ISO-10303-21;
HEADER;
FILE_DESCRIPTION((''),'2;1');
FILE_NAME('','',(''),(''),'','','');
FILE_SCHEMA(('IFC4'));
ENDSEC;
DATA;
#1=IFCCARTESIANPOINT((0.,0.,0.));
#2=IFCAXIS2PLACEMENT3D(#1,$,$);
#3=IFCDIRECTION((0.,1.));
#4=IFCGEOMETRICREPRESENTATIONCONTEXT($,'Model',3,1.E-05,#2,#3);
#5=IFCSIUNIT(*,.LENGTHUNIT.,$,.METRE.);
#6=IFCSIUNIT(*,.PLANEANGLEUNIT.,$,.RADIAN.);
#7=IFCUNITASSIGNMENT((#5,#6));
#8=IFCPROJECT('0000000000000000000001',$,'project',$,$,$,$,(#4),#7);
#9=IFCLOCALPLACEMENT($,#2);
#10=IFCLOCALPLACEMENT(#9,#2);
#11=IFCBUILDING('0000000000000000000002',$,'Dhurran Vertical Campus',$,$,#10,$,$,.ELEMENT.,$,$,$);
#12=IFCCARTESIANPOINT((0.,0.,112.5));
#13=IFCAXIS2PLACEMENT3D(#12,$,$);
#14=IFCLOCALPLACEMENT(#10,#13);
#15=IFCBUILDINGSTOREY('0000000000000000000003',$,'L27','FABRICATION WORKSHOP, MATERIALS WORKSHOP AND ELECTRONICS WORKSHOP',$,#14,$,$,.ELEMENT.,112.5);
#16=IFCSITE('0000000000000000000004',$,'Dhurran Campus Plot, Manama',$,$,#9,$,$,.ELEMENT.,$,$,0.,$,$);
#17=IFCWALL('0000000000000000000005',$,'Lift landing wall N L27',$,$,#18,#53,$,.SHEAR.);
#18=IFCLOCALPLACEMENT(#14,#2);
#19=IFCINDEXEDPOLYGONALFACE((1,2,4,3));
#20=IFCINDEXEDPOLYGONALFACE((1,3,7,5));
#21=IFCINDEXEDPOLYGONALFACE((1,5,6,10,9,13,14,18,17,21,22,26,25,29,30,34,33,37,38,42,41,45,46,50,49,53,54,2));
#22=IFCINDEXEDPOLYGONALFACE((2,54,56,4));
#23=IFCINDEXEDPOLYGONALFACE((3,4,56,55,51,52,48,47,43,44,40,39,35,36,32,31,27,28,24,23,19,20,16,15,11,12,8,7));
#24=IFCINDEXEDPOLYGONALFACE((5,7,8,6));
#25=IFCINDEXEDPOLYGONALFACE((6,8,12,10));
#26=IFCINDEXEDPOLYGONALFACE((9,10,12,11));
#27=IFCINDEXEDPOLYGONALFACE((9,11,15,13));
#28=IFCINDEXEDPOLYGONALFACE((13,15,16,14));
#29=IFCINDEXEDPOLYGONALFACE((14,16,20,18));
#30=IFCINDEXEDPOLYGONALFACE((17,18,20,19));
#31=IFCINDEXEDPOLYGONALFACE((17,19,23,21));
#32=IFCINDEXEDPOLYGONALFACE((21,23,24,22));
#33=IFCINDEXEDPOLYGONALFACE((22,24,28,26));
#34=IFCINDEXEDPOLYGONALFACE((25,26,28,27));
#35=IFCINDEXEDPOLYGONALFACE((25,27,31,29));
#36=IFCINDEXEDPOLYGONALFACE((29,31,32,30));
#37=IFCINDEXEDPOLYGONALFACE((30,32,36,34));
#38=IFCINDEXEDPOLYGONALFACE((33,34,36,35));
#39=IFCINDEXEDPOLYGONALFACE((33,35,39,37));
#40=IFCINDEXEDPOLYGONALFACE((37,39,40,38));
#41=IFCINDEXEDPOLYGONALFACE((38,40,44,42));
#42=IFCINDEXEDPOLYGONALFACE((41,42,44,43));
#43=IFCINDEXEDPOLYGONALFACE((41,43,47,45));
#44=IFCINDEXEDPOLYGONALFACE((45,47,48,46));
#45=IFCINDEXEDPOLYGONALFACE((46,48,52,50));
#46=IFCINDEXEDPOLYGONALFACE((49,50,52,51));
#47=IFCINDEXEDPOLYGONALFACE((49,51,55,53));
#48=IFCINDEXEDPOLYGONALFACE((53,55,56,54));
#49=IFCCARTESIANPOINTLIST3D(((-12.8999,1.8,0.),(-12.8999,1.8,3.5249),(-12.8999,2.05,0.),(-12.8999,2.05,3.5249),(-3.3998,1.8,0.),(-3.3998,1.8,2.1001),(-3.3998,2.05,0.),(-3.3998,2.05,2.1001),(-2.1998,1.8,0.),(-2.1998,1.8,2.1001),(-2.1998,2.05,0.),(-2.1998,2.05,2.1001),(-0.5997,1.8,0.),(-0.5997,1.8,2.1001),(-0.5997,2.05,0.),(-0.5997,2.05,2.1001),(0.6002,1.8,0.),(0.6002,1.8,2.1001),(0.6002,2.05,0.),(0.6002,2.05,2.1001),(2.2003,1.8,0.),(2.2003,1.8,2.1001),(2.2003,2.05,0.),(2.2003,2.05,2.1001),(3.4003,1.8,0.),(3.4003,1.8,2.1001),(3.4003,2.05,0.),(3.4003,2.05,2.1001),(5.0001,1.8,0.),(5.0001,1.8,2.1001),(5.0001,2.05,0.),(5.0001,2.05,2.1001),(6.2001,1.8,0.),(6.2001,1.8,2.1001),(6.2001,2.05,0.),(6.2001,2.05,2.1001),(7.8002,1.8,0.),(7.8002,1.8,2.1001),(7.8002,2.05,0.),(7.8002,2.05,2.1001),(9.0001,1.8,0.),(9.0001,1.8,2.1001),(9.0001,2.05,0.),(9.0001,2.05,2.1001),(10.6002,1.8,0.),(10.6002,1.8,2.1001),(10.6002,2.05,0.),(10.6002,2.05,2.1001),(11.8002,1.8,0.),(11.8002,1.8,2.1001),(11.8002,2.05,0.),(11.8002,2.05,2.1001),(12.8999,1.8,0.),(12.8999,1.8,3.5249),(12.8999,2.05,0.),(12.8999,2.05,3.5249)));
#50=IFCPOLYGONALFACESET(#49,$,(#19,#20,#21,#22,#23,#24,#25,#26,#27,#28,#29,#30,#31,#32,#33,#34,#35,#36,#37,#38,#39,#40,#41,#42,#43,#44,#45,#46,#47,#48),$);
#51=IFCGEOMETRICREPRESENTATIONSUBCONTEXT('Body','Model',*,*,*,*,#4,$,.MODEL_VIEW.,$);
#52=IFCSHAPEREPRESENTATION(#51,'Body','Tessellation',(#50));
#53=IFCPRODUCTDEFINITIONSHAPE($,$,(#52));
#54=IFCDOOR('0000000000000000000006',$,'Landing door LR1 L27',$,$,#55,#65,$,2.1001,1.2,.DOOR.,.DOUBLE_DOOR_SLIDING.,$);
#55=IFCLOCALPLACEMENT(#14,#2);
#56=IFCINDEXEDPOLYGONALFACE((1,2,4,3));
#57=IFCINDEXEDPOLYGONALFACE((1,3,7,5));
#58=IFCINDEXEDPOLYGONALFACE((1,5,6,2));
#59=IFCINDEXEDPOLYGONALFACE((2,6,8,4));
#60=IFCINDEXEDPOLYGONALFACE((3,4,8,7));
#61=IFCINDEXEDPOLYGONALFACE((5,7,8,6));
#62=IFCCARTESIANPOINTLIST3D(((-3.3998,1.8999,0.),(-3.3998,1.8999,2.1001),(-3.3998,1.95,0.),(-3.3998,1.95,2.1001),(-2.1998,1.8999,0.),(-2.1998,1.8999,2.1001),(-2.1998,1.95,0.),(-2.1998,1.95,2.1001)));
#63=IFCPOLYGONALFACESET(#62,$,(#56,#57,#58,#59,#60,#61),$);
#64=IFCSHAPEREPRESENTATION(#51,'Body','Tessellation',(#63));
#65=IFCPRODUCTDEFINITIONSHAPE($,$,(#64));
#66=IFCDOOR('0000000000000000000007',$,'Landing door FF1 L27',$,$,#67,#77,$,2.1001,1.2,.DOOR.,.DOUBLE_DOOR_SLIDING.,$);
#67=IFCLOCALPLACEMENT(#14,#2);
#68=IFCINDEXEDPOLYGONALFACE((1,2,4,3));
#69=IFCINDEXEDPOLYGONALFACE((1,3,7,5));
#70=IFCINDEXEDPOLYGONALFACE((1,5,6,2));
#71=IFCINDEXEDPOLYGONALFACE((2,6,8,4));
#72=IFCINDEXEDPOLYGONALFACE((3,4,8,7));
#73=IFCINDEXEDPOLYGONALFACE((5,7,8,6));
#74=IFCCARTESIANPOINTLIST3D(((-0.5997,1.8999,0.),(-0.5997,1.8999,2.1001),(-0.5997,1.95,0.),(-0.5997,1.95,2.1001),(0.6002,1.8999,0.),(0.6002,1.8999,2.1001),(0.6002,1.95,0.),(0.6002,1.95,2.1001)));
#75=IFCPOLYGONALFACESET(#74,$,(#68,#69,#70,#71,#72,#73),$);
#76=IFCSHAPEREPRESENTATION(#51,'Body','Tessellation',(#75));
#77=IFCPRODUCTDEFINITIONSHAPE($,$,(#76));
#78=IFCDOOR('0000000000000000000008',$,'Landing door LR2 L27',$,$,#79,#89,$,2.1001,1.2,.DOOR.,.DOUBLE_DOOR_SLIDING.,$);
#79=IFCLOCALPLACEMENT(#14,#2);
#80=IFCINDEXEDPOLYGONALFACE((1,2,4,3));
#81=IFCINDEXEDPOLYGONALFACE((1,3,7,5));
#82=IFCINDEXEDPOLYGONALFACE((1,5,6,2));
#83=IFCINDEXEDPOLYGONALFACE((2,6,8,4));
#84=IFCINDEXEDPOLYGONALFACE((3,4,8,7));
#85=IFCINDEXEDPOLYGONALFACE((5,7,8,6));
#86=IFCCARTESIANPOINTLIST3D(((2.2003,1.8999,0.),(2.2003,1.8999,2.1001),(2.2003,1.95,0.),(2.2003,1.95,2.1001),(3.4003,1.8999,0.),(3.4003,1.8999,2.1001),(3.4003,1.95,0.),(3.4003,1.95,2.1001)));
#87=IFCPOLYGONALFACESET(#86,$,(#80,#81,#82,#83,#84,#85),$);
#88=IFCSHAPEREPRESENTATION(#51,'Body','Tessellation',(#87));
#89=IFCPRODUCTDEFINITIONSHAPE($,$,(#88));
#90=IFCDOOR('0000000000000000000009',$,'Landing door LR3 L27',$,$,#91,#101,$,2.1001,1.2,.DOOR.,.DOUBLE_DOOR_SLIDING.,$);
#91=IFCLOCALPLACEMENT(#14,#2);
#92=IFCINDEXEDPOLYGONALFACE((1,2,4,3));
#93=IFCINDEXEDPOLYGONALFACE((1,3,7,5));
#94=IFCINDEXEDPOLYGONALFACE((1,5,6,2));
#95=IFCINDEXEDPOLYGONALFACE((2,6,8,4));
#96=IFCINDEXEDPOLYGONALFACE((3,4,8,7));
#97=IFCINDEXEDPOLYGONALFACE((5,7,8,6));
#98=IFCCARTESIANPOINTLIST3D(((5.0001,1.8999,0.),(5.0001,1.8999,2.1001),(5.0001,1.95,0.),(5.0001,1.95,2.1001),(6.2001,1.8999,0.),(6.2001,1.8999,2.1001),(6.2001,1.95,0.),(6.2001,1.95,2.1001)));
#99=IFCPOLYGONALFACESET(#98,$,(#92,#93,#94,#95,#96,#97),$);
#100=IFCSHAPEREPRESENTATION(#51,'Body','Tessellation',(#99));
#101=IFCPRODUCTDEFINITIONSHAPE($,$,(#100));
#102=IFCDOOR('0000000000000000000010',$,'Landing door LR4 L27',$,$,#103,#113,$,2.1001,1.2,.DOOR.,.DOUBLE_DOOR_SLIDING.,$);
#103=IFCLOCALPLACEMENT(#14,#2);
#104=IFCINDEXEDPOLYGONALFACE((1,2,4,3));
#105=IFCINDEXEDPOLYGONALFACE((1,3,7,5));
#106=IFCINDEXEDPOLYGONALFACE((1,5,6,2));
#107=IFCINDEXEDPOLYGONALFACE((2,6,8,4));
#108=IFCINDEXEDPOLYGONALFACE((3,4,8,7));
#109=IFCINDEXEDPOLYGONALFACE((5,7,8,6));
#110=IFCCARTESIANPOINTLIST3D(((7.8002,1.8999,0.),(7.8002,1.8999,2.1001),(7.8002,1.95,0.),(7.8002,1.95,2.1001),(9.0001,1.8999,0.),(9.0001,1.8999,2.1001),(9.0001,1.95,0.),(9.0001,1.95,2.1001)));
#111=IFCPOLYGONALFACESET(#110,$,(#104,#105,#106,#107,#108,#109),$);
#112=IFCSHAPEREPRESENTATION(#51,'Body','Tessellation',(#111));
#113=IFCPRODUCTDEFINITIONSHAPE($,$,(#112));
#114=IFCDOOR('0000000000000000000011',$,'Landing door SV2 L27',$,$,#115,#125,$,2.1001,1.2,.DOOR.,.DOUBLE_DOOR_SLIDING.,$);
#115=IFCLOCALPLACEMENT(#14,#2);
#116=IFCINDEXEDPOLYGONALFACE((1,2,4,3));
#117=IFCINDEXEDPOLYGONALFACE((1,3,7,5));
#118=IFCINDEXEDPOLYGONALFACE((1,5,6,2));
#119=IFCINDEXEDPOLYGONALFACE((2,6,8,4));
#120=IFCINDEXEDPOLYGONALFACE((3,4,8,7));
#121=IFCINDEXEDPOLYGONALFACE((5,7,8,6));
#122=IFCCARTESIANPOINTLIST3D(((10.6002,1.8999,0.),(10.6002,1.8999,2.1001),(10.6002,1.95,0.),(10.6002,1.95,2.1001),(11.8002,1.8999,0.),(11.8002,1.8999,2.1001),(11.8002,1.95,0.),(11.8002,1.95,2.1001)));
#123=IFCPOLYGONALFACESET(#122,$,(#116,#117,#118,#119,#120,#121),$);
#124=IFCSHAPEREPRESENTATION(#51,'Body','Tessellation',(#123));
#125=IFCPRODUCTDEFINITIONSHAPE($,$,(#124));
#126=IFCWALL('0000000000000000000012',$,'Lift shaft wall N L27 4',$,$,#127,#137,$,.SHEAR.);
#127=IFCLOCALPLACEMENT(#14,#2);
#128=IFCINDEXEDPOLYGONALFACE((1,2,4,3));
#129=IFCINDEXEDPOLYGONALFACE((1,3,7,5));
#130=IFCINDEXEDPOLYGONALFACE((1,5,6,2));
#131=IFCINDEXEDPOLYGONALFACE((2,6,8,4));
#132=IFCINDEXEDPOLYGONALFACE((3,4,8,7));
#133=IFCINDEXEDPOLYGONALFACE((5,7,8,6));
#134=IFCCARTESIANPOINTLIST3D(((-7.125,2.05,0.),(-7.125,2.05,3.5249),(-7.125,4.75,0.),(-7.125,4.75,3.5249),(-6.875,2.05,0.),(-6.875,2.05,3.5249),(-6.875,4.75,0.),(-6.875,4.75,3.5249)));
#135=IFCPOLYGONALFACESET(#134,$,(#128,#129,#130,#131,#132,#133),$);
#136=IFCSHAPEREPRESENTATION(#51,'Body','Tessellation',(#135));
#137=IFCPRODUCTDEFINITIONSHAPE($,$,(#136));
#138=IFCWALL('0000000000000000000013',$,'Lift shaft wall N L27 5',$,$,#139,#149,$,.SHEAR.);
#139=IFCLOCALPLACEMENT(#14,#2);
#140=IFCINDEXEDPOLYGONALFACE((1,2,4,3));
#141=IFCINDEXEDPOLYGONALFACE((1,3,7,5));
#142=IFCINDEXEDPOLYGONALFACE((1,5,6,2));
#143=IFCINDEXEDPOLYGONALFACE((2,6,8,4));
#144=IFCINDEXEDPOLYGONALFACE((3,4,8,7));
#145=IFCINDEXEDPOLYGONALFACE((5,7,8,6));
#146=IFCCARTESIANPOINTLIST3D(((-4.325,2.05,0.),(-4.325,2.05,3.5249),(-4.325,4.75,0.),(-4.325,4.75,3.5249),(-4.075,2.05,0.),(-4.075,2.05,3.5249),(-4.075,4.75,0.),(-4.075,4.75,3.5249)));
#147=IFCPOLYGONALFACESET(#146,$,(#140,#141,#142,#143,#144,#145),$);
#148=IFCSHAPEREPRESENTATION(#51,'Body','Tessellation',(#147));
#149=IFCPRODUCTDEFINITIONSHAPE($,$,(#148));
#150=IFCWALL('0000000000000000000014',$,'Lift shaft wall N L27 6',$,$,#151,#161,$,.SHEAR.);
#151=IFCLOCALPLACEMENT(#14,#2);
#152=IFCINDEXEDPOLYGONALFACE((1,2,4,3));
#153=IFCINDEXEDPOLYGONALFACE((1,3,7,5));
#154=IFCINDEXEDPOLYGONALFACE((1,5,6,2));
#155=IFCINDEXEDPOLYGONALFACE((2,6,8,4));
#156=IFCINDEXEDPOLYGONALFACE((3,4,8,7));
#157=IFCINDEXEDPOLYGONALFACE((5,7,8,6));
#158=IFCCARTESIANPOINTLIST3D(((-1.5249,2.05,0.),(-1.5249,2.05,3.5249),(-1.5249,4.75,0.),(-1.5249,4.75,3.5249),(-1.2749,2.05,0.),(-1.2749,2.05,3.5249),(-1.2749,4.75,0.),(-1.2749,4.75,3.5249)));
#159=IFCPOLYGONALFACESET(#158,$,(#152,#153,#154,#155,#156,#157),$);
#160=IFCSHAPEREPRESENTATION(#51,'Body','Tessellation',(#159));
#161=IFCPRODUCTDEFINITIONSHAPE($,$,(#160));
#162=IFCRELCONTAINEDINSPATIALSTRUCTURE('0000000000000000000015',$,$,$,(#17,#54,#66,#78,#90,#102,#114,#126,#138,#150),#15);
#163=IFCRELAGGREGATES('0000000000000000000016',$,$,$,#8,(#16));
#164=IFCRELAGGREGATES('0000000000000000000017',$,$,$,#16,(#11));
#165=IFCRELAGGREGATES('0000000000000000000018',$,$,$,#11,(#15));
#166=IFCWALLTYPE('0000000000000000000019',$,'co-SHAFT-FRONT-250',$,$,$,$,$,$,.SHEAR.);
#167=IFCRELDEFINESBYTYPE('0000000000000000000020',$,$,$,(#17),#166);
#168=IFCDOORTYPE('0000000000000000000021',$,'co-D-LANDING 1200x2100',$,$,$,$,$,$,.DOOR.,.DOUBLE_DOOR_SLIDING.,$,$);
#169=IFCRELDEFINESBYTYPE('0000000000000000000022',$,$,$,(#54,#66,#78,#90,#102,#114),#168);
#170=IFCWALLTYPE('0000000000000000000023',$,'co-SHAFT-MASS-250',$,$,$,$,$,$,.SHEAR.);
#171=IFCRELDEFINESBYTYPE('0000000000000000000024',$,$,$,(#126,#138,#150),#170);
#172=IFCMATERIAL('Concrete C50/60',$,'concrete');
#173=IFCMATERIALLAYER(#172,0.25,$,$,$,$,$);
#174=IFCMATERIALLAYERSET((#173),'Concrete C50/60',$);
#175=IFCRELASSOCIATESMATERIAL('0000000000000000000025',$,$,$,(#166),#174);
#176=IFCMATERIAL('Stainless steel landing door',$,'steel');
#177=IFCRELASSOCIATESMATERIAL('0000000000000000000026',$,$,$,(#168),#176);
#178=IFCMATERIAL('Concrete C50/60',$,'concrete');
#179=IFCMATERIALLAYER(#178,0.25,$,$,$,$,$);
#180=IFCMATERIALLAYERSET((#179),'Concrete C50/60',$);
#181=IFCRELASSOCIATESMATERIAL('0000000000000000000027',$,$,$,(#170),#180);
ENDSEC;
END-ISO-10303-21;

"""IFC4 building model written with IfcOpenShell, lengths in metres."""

from ifc_helpers import new_model, si_unit, direction, frame, frame_2d, origin, place, context, subcontext, project, spatial, polyline, rectangle, outline, extrude, material, layer, layer_set, type_object, element, fill, save


model = new_model("IFC4")

# Units and contexts
model_context = context("Model", 3, precision=1e-05, world=origin(), true_north=direction((0.0, 1.0)))
body_context = subcontext(model_context, "Body", "Model", "MODEL_VIEW")
ifc_project = project(units=[si_unit("LENGTHUNIT", "METRE"), si_unit("PLANEANGLEUNIT", "RADIAN")], contexts=[model_context])

# Site, building, storey
site_placement = place(None, origin())
site = spatial("IfcSite", under=ifc_project, at=site_placement, Name="Dhurran Campus Plot, Manama", CompositionType="ELEMENT", RefElevation=0.0)
building_placement = place(site_placement, origin())
building = spatial("IfcBuilding", under=site, at=building_placement, Name="Dhurran Vertical Campus", CompositionType="ELEMENT")
storey_placement = place(building_placement, frame((0.0, 0.0, 112.5)))
storey = spatial("IfcBuildingStorey", under=building, at=storey_placement, Name="L27", Description="FABRICATION WORKSHOP, MATERIALS WORKSHOP AND ELECTRONICS WORKSHOP", CompositionType="ELEMENT", Elevation=112.5)

# Wall, openings, doors
ifc_material_1 = material(Name="Concrete C50/60", Category="concrete")
ifc_layer_1 = layer(ifc_material_1, 0.25)
ifc_layer_set_1 = layer_set([ifc_layer_1], Name="Concrete C50/60")
wall_type_1 = type_object("IfcWallType", Name="co-SHAFT-FRONT-250", PredefinedType="SHEAR", material=ifc_layer_set_1)
wall_1_placement = place(storey_placement, frame((-12.8999, 1.925, 0.0), z_axis=(0.0, 0.0, 1.0), x_axis=(1.0, 0.0, 0.0)))
wall_1 = element("IfcWall", 1, at=wall_1_placement, inside=storey, type_object=wall_type_1, Name="Lift landing wall N L27", PredefinedType="SHEAR", context=body_context, shape_type="SweptSolid", body=[
    extrude(rectangle(XDim=25.7998, YDim=0.25, at=frame_2d((12.8999, 0.0))), origin(), (0.0, 0.0, 1.0), 3.5249),
])
opening_1_placement = place(wall_1_placement, frame((9.5, 0.0, 0.0)))
opening_1 = element("IfcOpeningElement", 2, at=opening_1_placement, cuts=wall_1, PredefinedType="OPENING", context=body_context, shape_type="SweptSolid", body=[
    extrude(rectangle(XDim=1.2, YDim=2.1001, at=frame_2d((0.6001, 1.05))), frame((0.0, 0.135, 0.0), z_axis=(0.0, -1.0, 0.0), x_axis=(1.0, 0.0, 0.0)), (0.0, 0.0, 1.0), 0.27),
])
opening_2_placement = place(wall_1_placement, frame((12.3, 0.0, 0.0)))
opening_2 = element("IfcOpeningElement", 3, at=opening_2_placement, cuts=wall_1, PredefinedType="OPENING", context=body_context, shape_type="SweptSolid", body=[
    extrude(rectangle(XDim=1.2, YDim=2.1001, at=frame_2d((0.6001, 1.05))), frame((0.0, 0.135, 0.0), z_axis=(0.0, -1.0, 0.0), x_axis=(1.0, 0.0, 0.0)), (0.0, 0.0, 1.0), 0.27),
])
opening_3_placement = place(wall_1_placement, frame((15.1001, 0.0, 0.0)))
opening_3 = element("IfcOpeningElement", 4, at=opening_3_placement, cuts=wall_1, PredefinedType="OPENING", context=body_context, shape_type="SweptSolid", body=[
    extrude(rectangle(XDim=1.2, YDim=2.1001, at=frame_2d((0.6001, 1.05))), frame((0.0, 0.135, 0.0), z_axis=(0.0, -1.0, 0.0), x_axis=(1.0, 0.0, 0.0)), (0.0, 0.0, 1.0), 0.27),
])
opening_4_placement = place(wall_1_placement, frame((17.8999, 0.0, 0.0)))
opening_4 = element("IfcOpeningElement", 5, at=opening_4_placement, cuts=wall_1, PredefinedType="OPENING", context=body_context, shape_type="SweptSolid", body=[
    extrude(rectangle(XDim=1.2, YDim=2.1001, at=frame_2d((0.6001, 1.05))), frame((0.0, 0.135, 0.0), z_axis=(0.0, -1.0, 0.0), x_axis=(1.0, 0.0, 0.0)), (0.0, 0.0, 1.0), 0.27),
])
opening_5_placement = place(wall_1_placement, frame((20.7, 0.0, 0.0)))
opening_5 = element("IfcOpeningElement", 6, at=opening_5_placement, cuts=wall_1, PredefinedType="OPENING", context=body_context, shape_type="SweptSolid", body=[
    extrude(rectangle(XDim=1.2, YDim=2.1001, at=frame_2d((0.6001, 1.05))), frame((0.0, 0.135, 0.0), z_axis=(0.0, -1.0, 0.0), x_axis=(1.0, 0.0, 0.0)), (0.0, 0.0, 1.0), 0.27),
])
opening_6_placement = place(wall_1_placement, frame((23.5, 0.0, 0.0)))
opening_6 = element("IfcOpeningElement", 7, at=opening_6_placement, cuts=wall_1, PredefinedType="OPENING", context=body_context, shape_type="SweptSolid", body=[
    extrude(rectangle(XDim=1.2, YDim=2.1001, at=frame_2d((0.6001, 1.05))), frame((0.0, 0.135, 0.0), z_axis=(0.0, -1.0, 0.0), x_axis=(1.0, 0.0, 0.0)), (0.0, 0.0, 1.0), 0.27),
])
ifc_material_2 = material(Name="Stainless steel landing door", Category="steel")
door_type_1 = type_object("IfcDoorType", Name="co-D-LANDING 1200x2100", OperationType="DOUBLE_DOOR_SLIDING", PredefinedType="DOOR", material=ifc_material_2)
door_1_placement = place(opening_1_placement, origin())
door_1 = element("IfcDoor", 8, at=door_1_placement, inside=storey, type_object=door_type_1, Name="Landing door LR1 L27", OperationType="DOUBLE_DOOR_SLIDING", OverallHeight=2.1001, OverallWidth=1.2, PredefinedType="DOOR", context=body_context, shape_type="SweptSolid", body=[
    extrude(rectangle(XDim=1.2, YDim=2.1001, at=frame_2d((0.6001, 1.05))), frame((0.0, 0.0249, 0.0), z_axis=(0.0, -1.0, 0.0), x_axis=(1.0, 0.0, 0.0)), (0.0, 0.0, 1.0), 0.05),
])
fill(opening_1, door_1)
door_2_placement = place(opening_2_placement, origin())
door_2 = element("IfcDoor", 9, at=door_2_placement, inside=storey, type_object=door_type_1, Name="Landing door FF1 L27", OperationType="DOUBLE_DOOR_SLIDING", OverallHeight=2.1001, OverallWidth=1.2, PredefinedType="DOOR", context=body_context, shape_type="SweptSolid", body=[
    extrude(rectangle(XDim=1.2, YDim=2.1001, at=frame_2d((0.6001, 1.05))), frame((0.0, 0.0249, 0.0), z_axis=(0.0, -1.0, 0.0), x_axis=(1.0, 0.0, 0.0)), (0.0, 0.0, 1.0), 0.05),
])
fill(opening_2, door_2)
door_3_placement = place(opening_3_placement, origin())
door_3 = element("IfcDoor", 10, at=door_3_placement, inside=storey, type_object=door_type_1, Name="Landing door LR2 L27", OperationType="DOUBLE_DOOR_SLIDING", OverallHeight=2.1001, OverallWidth=1.2, PredefinedType="DOOR", context=body_context, shape_type="SweptSolid", body=[
    extrude(rectangle(XDim=1.2, YDim=2.1001, at=frame_2d((0.6001, 1.05))), frame((0.0, 0.0249, 0.0), z_axis=(0.0, -1.0, 0.0), x_axis=(1.0, 0.0, 0.0)), (0.0, 0.0, 1.0), 0.05),
])
fill(opening_3, door_3)
door_4_placement = place(opening_4_placement, origin())
door_4 = element("IfcDoor", 11, at=door_4_placement, inside=storey, type_object=door_type_1, Name="Landing door LR3 L27", OperationType="DOUBLE_DOOR_SLIDING", OverallHeight=2.1001, OverallWidth=1.2, PredefinedType="DOOR", context=body_context, shape_type="SweptSolid", body=[
    extrude(rectangle(XDim=1.2, YDim=2.1001, at=frame_2d((0.6001, 1.05))), frame((0.0, 0.0249, 0.0), z_axis=(0.0, -1.0, 0.0), x_axis=(1.0, 0.0, 0.0)), (0.0, 0.0, 1.0), 0.05),
])
fill(opening_4, door_4)
door_5_placement = place(opening_5_placement, origin())
door_5 = element("IfcDoor", 12, at=door_5_placement, inside=storey, type_object=door_type_1, Name="Landing door LR4 L27", OperationType="DOUBLE_DOOR_SLIDING", OverallHeight=2.1001, OverallWidth=1.2, PredefinedType="DOOR", context=body_context, shape_type="SweptSolid", body=[
    extrude(rectangle(XDim=1.2, YDim=2.1001, at=frame_2d((0.6001, 1.05))), frame((0.0, 0.0249, 0.0), z_axis=(0.0, -1.0, 0.0), x_axis=(1.0, 0.0, 0.0)), (0.0, 0.0, 1.0), 0.05),
])
fill(opening_5, door_5)
door_6_placement = place(opening_6_placement, origin())
door_6 = element("IfcDoor", 13, at=door_6_placement, inside=storey, type_object=door_type_1, Name="Landing door SV2 L27", OperationType="DOUBLE_DOOR_SLIDING", OverallHeight=2.1001, OverallWidth=1.2, PredefinedType="DOOR", context=body_context, shape_type="SweptSolid", body=[
    extrude(rectangle(XDim=1.2, YDim=2.1001, at=frame_2d((0.6001, 1.05))), frame((0.0, 0.0249, 0.0), z_axis=(0.0, -1.0, 0.0), x_axis=(1.0, 0.0, 0.0)), (0.0, 0.0, 1.0), 0.05),
])
fill(opening_6, door_6)

# Walls
ifc_material_3 = material(Name="Concrete C50/60", Category="concrete")
ifc_layer_2 = layer(ifc_material_3, 0.25)
ifc_layer_set_2 = layer_set([ifc_layer_2], Name="Concrete C50/60")
wall_type_2 = type_object("IfcWallType", Name="co-SHAFT-MASS-250", PredefinedType="SHEAR", material=ifc_layer_set_2)
wall_2_placement = place(storey_placement, origin())
element("IfcWall", 14, at=wall_2_placement, inside=storey, type_object=wall_type_2, Name="Lift shaft wall N L27 4", PredefinedType="SHEAR", context=body_context, shape_type="SweptSolid", body=[
    extrude(outline(polyline([(-7.125, 2.05), (-6.875, 2.05), (-6.875, 4.75), (-7.125, 4.75), (-7.125, 2.05)])), origin(), (0.0, 0.0, 1.0), 3.5249),
])
wall_3_placement = place(storey_placement, origin())
element("IfcWall", 15, at=wall_3_placement, inside=storey, type_object=wall_type_2, Name="Lift shaft wall N L27 5", PredefinedType="SHEAR", context=body_context, shape_type="SweptSolid", body=[
    extrude(outline(polyline([(-4.325, 2.05), (-4.075, 2.05), (-4.075, 4.75), (-4.325, 4.75), (-4.325, 2.05)])), origin(), (0.0, 0.0, 1.0), 3.5249),
])
wall_4_placement = place(storey_placement, origin())
element("IfcWall", 16, at=wall_4_placement, inside=storey, type_object=wall_type_2, Name="Lift shaft wall N L27 6", PredefinedType="SHEAR", context=body_context, shape_type="SweptSolid", body=[
    extrude(outline(polyline([(-1.5249, 2.05), (-1.2749, 2.05), (-1.2749, 4.75), (-1.5249, 4.75), (-1.5249, 2.05)])), origin(), (0.0, 0.0, 1.0), 3.5249),
])

save(model, "model.ifc")
